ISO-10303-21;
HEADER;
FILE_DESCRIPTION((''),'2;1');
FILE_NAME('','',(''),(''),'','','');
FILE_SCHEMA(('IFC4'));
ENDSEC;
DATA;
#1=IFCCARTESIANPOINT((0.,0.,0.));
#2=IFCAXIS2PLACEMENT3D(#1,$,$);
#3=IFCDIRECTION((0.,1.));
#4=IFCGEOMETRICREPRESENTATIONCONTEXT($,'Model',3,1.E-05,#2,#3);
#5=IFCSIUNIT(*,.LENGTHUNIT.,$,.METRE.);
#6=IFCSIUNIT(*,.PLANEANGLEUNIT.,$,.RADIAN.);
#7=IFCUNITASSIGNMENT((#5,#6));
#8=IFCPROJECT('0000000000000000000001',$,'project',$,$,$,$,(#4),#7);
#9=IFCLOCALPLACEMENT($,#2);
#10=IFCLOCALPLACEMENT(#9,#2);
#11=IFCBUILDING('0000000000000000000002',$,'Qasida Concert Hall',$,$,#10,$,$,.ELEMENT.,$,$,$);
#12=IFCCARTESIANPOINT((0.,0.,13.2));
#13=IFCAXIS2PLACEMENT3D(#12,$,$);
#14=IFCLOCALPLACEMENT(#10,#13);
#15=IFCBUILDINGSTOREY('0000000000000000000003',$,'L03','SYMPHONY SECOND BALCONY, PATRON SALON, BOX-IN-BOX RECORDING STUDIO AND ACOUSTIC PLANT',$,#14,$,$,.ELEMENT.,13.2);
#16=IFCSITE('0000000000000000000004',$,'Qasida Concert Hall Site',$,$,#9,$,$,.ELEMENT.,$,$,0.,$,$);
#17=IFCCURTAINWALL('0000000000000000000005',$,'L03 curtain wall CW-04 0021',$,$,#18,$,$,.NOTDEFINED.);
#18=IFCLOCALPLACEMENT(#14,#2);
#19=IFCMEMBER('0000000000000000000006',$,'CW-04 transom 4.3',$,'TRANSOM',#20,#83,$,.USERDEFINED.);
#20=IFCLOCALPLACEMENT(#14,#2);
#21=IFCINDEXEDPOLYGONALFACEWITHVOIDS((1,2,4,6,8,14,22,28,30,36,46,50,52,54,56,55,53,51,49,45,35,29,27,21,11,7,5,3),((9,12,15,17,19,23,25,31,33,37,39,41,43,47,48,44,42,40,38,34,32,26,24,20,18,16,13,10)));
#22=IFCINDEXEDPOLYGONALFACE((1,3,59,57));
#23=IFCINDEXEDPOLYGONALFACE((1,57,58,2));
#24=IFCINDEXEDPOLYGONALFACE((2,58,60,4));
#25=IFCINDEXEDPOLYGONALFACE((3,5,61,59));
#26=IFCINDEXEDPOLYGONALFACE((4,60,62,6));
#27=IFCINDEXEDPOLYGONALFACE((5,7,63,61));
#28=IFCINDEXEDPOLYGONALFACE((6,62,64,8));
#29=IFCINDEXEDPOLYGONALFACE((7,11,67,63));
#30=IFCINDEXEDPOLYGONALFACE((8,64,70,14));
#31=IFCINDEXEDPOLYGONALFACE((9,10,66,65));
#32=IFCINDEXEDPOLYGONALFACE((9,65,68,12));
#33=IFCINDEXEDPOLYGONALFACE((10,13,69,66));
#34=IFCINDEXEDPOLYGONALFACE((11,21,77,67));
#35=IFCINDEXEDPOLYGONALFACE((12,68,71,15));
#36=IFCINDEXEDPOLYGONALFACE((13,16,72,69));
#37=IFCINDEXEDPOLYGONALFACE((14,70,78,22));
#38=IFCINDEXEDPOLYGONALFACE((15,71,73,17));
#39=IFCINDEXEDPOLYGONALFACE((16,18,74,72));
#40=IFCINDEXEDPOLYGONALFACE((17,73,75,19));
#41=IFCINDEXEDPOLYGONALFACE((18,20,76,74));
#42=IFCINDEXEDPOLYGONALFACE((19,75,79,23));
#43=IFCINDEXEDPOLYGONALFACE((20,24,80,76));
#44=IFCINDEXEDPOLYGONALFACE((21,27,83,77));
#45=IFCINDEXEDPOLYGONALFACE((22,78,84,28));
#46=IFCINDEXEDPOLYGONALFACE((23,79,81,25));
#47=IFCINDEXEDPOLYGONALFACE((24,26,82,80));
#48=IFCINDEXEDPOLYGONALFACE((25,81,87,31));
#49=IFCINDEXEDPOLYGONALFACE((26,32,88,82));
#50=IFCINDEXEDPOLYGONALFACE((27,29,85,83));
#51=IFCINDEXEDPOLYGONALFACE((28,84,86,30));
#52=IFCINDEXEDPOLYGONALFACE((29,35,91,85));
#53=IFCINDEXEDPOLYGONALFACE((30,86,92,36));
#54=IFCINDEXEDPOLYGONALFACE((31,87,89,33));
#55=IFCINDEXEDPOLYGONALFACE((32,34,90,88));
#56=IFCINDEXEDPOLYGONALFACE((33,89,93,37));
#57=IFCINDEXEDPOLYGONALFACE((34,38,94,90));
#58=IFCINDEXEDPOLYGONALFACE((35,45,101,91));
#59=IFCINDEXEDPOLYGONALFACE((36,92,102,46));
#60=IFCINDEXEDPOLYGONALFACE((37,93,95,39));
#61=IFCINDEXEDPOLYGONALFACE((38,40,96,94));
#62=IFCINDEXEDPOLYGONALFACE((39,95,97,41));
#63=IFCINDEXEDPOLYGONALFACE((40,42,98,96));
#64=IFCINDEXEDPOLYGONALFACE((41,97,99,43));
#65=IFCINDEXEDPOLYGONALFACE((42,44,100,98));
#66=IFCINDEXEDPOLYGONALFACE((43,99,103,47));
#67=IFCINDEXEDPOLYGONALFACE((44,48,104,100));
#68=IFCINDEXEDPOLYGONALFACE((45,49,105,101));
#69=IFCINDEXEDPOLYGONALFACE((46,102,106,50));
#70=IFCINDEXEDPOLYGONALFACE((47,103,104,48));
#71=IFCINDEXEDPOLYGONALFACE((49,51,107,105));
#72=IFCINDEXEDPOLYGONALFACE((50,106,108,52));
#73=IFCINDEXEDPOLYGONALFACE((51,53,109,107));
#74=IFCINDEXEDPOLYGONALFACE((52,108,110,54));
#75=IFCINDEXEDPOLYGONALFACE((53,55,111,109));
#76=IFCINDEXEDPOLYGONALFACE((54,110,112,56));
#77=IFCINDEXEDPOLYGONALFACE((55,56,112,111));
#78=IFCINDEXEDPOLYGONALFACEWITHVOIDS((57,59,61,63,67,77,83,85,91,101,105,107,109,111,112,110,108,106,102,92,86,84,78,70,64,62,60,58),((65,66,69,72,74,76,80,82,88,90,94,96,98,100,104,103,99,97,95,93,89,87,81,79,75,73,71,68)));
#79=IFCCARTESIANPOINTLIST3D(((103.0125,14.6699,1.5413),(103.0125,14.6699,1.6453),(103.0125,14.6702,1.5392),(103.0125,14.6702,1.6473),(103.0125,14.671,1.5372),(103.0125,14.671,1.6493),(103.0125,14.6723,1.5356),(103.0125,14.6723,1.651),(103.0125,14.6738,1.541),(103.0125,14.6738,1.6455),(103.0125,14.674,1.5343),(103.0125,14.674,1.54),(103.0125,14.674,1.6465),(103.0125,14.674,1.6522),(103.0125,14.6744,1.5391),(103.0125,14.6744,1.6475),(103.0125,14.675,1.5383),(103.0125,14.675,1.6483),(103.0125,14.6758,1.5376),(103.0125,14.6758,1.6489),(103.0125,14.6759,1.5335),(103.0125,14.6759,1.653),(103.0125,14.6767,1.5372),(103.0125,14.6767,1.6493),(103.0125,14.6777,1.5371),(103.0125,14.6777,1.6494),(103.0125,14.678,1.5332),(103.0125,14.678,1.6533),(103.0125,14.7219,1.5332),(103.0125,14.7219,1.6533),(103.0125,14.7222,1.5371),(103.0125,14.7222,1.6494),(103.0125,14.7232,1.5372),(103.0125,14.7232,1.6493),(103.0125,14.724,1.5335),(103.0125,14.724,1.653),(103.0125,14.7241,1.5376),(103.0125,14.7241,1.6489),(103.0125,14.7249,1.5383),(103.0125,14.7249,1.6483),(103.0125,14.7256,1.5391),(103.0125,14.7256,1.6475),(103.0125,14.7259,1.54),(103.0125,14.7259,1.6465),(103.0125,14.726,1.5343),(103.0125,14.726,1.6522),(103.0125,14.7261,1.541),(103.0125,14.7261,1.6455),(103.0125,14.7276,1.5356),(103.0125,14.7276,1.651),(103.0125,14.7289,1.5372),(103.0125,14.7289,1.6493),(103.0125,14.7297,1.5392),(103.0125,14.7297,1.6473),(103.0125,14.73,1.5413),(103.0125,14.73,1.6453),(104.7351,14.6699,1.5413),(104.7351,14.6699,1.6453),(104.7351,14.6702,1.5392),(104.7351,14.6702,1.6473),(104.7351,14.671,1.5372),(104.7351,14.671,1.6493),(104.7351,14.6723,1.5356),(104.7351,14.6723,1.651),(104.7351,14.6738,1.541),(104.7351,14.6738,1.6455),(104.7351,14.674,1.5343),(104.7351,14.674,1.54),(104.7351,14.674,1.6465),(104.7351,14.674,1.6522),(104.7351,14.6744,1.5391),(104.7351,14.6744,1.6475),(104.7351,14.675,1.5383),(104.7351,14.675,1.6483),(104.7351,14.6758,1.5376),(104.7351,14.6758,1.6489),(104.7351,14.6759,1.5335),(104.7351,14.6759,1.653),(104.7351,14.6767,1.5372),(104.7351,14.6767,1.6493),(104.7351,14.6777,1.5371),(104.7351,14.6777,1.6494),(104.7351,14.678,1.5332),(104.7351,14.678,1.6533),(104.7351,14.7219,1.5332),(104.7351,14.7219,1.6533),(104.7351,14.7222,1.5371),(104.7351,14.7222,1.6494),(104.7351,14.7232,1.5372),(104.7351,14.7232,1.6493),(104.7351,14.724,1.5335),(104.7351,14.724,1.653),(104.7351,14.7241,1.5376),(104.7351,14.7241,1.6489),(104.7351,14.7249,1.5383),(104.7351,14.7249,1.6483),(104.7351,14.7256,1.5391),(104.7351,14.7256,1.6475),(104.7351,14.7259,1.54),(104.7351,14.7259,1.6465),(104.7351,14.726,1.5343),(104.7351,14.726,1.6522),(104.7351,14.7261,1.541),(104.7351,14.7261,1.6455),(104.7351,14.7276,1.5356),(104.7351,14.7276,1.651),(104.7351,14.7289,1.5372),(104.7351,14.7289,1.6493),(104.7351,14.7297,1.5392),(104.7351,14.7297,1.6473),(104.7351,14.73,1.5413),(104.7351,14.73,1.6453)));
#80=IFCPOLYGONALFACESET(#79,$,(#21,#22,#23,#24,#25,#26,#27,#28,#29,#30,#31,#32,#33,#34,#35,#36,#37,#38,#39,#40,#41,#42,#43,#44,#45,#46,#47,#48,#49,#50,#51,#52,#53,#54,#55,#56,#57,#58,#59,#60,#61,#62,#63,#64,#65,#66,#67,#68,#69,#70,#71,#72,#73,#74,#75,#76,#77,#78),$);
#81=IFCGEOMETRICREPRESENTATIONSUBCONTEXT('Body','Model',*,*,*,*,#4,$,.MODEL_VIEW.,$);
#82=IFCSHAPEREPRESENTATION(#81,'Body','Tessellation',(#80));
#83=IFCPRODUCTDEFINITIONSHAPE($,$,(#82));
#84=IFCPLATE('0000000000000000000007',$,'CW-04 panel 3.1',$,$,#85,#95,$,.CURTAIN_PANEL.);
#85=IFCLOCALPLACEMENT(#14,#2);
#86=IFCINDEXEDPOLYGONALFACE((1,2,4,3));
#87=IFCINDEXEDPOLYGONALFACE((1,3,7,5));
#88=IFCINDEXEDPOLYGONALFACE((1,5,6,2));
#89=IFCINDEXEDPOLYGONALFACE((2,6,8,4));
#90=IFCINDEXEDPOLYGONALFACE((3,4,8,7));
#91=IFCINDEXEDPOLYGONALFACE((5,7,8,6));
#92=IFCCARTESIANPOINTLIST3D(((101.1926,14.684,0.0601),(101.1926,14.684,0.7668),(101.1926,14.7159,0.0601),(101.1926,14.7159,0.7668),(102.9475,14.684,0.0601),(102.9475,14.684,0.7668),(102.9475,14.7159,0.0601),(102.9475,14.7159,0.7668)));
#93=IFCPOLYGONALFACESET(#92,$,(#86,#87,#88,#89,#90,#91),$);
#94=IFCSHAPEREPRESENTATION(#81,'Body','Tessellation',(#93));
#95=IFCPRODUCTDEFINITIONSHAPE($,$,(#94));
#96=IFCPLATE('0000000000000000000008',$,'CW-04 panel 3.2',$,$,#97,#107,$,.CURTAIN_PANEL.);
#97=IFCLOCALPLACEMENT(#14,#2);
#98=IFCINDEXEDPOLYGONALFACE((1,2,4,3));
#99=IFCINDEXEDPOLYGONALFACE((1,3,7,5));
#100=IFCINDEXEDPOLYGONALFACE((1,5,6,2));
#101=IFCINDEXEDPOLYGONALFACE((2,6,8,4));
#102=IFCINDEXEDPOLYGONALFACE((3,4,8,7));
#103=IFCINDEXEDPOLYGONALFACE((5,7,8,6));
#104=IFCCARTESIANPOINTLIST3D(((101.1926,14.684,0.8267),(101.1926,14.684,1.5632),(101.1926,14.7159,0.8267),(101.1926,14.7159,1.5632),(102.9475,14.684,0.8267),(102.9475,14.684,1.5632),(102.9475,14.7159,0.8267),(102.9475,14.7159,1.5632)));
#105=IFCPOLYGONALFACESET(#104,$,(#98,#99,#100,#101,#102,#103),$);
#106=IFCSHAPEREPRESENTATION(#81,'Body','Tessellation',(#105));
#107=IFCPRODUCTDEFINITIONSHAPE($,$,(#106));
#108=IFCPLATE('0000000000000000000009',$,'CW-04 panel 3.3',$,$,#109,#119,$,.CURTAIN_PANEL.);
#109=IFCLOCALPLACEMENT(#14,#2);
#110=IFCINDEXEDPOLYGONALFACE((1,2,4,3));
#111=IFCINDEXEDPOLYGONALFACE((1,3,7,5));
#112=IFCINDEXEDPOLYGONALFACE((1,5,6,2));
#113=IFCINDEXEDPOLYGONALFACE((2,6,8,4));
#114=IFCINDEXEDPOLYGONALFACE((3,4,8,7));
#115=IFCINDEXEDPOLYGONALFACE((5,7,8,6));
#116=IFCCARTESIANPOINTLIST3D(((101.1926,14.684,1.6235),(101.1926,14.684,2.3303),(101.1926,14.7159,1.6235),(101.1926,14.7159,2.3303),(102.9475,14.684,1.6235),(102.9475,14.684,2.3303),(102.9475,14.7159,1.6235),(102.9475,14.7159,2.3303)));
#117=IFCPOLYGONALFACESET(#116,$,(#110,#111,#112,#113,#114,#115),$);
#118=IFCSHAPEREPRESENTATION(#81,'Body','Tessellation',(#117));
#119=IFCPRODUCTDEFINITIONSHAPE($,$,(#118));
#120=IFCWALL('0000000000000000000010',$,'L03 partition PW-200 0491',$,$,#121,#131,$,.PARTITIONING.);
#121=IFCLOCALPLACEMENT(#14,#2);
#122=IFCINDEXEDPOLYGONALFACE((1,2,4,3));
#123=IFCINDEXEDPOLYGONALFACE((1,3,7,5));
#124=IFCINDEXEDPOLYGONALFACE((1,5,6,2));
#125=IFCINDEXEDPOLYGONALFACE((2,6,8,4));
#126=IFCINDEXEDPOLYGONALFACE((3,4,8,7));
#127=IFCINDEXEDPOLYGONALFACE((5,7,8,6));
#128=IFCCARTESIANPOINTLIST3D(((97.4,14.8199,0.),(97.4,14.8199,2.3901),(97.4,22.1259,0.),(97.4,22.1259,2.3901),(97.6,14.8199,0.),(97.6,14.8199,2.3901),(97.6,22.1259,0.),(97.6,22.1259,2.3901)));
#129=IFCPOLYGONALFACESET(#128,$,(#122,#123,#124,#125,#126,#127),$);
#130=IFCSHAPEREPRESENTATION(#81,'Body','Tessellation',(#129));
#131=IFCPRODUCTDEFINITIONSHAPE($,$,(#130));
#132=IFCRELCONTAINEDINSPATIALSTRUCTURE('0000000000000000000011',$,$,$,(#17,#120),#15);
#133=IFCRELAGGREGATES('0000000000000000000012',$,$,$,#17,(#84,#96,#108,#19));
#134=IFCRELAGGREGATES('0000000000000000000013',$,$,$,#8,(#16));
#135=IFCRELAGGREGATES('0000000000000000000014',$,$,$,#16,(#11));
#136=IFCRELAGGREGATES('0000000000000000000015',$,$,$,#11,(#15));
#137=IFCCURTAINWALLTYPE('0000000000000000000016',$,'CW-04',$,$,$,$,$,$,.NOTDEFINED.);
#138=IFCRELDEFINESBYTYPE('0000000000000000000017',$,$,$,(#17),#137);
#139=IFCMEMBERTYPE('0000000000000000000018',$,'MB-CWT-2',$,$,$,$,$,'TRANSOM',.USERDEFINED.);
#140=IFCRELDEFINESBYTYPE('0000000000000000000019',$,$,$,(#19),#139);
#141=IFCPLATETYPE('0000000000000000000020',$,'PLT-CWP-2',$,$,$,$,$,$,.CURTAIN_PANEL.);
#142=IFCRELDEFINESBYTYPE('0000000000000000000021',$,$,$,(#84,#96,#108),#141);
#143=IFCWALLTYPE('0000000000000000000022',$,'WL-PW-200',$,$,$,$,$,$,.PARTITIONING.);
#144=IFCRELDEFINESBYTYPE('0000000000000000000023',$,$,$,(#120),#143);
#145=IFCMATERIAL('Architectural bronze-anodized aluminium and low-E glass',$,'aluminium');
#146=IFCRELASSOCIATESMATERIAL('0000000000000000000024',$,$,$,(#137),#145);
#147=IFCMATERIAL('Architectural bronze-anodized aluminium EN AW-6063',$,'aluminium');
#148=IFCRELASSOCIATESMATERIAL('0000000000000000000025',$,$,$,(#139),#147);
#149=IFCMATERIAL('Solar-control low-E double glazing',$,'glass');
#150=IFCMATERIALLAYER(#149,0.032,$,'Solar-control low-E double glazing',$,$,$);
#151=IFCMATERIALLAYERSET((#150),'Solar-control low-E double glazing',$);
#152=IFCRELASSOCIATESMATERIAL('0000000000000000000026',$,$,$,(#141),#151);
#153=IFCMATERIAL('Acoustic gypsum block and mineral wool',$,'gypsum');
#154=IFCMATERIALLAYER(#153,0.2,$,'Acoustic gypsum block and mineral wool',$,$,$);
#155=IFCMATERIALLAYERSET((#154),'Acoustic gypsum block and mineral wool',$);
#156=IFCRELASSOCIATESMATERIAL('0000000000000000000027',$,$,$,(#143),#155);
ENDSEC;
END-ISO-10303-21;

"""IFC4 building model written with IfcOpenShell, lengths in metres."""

from ifc_helpers import new_model, si_unit, direction, frame, frame_2d, origin, origin_2d, place, context, subcontext, project, spatial, rectangle, hollow_rectangle, extrude, material, layer, layer_set, material_profile, profile_set, type_object, element, aggregate, save


model = new_model("IFC4")

# Units and contexts
model_context = context("Model", 3, precision=1e-05, world=origin(), true_north=direction((0.0, 1.0)))
body_context = subcontext(model_context, "Body", "Model", "MODEL_VIEW")
ifc_project = project(units=[si_unit("LENGTHUNIT", "METRE"), si_unit("PLANEANGLEUNIT", "RADIAN")], contexts=[model_context])

# Site, building, storey
site_placement = place(None, origin())
site = spatial("IfcSite", under=ifc_project, at=site_placement, Name="Qasida Concert Hall Site", CompositionType="ELEMENT", RefElevation=0.0)
building_placement = place(site_placement, origin())
building = spatial("IfcBuilding", under=site, at=building_placement, Name="Qasida Concert Hall", CompositionType="ELEMENT")
storey_placement = place(building_placement, frame((0.0, 0.0, 13.2)))
storey = spatial("IfcBuildingStorey", under=building, at=storey_placement, Name="L03", Description="SYMPHONY SECOND BALCONY, PATRON SALON, BOX-IN-BOX RECORDING STUDIO AND ACOUSTIC PLANT", CompositionType="ELEMENT", Elevation=13.2)

# Curtain wall, member, plates
ifc_material_1 = material(Name="Architectural bronze-anodized aluminium and low-E glass", Category="aluminium")
curtain_wall_type = type_object("IfcCurtainWallType", Name="CW-04", PredefinedType="NOTDEFINED", material=ifc_material_1)
curtain_wall_placement = place(storey_placement, origin())
curtain_wall = element("IfcCurtainWall", 1, at=curtain_wall_placement, inside=storey, type_object=curtain_wall_type, Name="L03 curtain wall CW-04 0021", PredefinedType="NOTDEFINED")
ifc_material_2 = material(Name="Architectural bronze-anodized aluminium EN AW-6063", Category="aluminium")
ifc_material_profile_1 = material_profile(ifc_material_2, hollow_rectangle(XDim=0.0601, YDim=0.1201, WallThickness=0.0039, InnerFilletRadius=0.0039, OuterFilletRadius=0.0081, at=origin_2d()), Name="CWT 120x60x4")
ifc_profile_set_1 = profile_set([ifc_material_profile_1], Name="Architectural bronze-anodized aluminium EN AW-6063")
member_type_1 = type_object("IfcMemberType", Name="MB-CWT-2", ElementType="TRANSOM", PredefinedType="USERDEFINED", material=ifc_profile_set_1)
member_1_placement = place(storey_placement, frame((103.0125, 14.7, 1.5933), z_axis=(1.0, 0.0, 0.0), x_axis=(0.0, 1.0, 0.0)))
member_1 = element("IfcMember", 2, at=member_1_placement, type_object=member_type_1, Name="CW-04 transom 4.3", ObjectType="TRANSOM", PredefinedType="USERDEFINED", context=body_context, shape_type="SweptSolid", body=[
    extrude(hollow_rectangle(XDim=0.0601, YDim=0.1201, WallThickness=0.0039, InnerFilletRadius=0.0039, OuterFilletRadius=0.0081, at=origin_2d()), origin(), (0.0, 0.0, 1.0), 1.7227),
])
ifc_material_3 = material(Name="Solar-control low-E double glazing", Category="glass")
ifc_layer_1 = layer(ifc_material_3, 0.032, Name="Solar-control low-E double glazing")
ifc_layer_set_1 = layer_set([ifc_layer_1], Name="Solar-control low-E double glazing")
plate_type = type_object("IfcPlateType", Name="PLT-CWP-2", PredefinedType="CURTAIN_PANEL", material=ifc_layer_set_1)
plate_1_placement = place(storey_placement, frame((102.0701, 14.7, 0.0601), z_axis=(0.0, 0.0, 1.0), x_axis=(1.0, 0.0, 0.0)))
plate_1 = element("IfcPlate", 3, at=plate_1_placement, type_object=plate_type, Name="CW-04 panel 3.1", PredefinedType="CURTAIN_PANEL", context=body_context, shape_type="SweptSolid", body=[
    extrude(rectangle(XDim=1.7549, YDim=0.032, at=origin_2d()), origin(), (0.0, 0.0, 1.0), 0.7068),
])
plate_2_placement = place(storey_placement, frame((102.0701, 14.7, 0.8267), z_axis=(0.0, 0.0, 1.0), x_axis=(1.0, 0.0, 0.0)))
plate_2 = element("IfcPlate", 4, at=plate_2_placement, type_object=plate_type, Name="CW-04 panel 3.2", PredefinedType="CURTAIN_PANEL", context=body_context, shape_type="SweptSolid", body=[
    extrude(rectangle(XDim=1.7549, YDim=0.032, at=origin_2d()), origin(), (0.0, 0.0, 1.0), 0.7366),
])
plate_3_placement = place(storey_placement, frame((102.0701, 14.7, 1.6235), z_axis=(0.0, 0.0, 1.0), x_axis=(1.0, 0.0, 0.0)))
plate_3 = element("IfcPlate", 5, at=plate_3_placement, type_object=plate_type, Name="CW-04 panel 3.3", PredefinedType="CURTAIN_PANEL", context=body_context, shape_type="SweptSolid", body=[
    extrude(rectangle(XDim=1.7549, YDim=0.032, at=origin_2d()), origin(), (0.0, 0.0, 1.0), 0.7068),
])
aggregate(curtain_wall, [plate_1, plate_2, plate_3, member_1])

# Wall
ifc_material_4 = material(Name="Acoustic gypsum block and mineral wool", Category="gypsum")
ifc_layer_2 = layer(ifc_material_4, 0.2, Name="Acoustic gypsum block and mineral wool")
ifc_layer_set_2 = layer_set([ifc_layer_2], Name="Acoustic gypsum block and mineral wool")
wall_type = type_object("IfcWallType", Name="WL-PW-200", PredefinedType="PARTITIONING", material=ifc_layer_set_2)
wall_placement = place(storey_placement, frame((97.5, 14.8201, 0.0), z_axis=(0.0, 0.0, 1.0), x_axis=(0.0, 1.0, 0.0)))
element("IfcWall", 6, at=wall_placement, inside=storey, type_object=wall_type, Name="L03 partition PW-200 0491", PredefinedType="PARTITIONING", context=body_context, shape_type="SweptSolid", body=[
    extrude(rectangle(XDim=7.3059, YDim=0.2, at=frame_2d((3.6528, 0.0))), origin(), (0.0, 0.0, 1.0), 2.3901),
])

save(model, "model.ifc")
